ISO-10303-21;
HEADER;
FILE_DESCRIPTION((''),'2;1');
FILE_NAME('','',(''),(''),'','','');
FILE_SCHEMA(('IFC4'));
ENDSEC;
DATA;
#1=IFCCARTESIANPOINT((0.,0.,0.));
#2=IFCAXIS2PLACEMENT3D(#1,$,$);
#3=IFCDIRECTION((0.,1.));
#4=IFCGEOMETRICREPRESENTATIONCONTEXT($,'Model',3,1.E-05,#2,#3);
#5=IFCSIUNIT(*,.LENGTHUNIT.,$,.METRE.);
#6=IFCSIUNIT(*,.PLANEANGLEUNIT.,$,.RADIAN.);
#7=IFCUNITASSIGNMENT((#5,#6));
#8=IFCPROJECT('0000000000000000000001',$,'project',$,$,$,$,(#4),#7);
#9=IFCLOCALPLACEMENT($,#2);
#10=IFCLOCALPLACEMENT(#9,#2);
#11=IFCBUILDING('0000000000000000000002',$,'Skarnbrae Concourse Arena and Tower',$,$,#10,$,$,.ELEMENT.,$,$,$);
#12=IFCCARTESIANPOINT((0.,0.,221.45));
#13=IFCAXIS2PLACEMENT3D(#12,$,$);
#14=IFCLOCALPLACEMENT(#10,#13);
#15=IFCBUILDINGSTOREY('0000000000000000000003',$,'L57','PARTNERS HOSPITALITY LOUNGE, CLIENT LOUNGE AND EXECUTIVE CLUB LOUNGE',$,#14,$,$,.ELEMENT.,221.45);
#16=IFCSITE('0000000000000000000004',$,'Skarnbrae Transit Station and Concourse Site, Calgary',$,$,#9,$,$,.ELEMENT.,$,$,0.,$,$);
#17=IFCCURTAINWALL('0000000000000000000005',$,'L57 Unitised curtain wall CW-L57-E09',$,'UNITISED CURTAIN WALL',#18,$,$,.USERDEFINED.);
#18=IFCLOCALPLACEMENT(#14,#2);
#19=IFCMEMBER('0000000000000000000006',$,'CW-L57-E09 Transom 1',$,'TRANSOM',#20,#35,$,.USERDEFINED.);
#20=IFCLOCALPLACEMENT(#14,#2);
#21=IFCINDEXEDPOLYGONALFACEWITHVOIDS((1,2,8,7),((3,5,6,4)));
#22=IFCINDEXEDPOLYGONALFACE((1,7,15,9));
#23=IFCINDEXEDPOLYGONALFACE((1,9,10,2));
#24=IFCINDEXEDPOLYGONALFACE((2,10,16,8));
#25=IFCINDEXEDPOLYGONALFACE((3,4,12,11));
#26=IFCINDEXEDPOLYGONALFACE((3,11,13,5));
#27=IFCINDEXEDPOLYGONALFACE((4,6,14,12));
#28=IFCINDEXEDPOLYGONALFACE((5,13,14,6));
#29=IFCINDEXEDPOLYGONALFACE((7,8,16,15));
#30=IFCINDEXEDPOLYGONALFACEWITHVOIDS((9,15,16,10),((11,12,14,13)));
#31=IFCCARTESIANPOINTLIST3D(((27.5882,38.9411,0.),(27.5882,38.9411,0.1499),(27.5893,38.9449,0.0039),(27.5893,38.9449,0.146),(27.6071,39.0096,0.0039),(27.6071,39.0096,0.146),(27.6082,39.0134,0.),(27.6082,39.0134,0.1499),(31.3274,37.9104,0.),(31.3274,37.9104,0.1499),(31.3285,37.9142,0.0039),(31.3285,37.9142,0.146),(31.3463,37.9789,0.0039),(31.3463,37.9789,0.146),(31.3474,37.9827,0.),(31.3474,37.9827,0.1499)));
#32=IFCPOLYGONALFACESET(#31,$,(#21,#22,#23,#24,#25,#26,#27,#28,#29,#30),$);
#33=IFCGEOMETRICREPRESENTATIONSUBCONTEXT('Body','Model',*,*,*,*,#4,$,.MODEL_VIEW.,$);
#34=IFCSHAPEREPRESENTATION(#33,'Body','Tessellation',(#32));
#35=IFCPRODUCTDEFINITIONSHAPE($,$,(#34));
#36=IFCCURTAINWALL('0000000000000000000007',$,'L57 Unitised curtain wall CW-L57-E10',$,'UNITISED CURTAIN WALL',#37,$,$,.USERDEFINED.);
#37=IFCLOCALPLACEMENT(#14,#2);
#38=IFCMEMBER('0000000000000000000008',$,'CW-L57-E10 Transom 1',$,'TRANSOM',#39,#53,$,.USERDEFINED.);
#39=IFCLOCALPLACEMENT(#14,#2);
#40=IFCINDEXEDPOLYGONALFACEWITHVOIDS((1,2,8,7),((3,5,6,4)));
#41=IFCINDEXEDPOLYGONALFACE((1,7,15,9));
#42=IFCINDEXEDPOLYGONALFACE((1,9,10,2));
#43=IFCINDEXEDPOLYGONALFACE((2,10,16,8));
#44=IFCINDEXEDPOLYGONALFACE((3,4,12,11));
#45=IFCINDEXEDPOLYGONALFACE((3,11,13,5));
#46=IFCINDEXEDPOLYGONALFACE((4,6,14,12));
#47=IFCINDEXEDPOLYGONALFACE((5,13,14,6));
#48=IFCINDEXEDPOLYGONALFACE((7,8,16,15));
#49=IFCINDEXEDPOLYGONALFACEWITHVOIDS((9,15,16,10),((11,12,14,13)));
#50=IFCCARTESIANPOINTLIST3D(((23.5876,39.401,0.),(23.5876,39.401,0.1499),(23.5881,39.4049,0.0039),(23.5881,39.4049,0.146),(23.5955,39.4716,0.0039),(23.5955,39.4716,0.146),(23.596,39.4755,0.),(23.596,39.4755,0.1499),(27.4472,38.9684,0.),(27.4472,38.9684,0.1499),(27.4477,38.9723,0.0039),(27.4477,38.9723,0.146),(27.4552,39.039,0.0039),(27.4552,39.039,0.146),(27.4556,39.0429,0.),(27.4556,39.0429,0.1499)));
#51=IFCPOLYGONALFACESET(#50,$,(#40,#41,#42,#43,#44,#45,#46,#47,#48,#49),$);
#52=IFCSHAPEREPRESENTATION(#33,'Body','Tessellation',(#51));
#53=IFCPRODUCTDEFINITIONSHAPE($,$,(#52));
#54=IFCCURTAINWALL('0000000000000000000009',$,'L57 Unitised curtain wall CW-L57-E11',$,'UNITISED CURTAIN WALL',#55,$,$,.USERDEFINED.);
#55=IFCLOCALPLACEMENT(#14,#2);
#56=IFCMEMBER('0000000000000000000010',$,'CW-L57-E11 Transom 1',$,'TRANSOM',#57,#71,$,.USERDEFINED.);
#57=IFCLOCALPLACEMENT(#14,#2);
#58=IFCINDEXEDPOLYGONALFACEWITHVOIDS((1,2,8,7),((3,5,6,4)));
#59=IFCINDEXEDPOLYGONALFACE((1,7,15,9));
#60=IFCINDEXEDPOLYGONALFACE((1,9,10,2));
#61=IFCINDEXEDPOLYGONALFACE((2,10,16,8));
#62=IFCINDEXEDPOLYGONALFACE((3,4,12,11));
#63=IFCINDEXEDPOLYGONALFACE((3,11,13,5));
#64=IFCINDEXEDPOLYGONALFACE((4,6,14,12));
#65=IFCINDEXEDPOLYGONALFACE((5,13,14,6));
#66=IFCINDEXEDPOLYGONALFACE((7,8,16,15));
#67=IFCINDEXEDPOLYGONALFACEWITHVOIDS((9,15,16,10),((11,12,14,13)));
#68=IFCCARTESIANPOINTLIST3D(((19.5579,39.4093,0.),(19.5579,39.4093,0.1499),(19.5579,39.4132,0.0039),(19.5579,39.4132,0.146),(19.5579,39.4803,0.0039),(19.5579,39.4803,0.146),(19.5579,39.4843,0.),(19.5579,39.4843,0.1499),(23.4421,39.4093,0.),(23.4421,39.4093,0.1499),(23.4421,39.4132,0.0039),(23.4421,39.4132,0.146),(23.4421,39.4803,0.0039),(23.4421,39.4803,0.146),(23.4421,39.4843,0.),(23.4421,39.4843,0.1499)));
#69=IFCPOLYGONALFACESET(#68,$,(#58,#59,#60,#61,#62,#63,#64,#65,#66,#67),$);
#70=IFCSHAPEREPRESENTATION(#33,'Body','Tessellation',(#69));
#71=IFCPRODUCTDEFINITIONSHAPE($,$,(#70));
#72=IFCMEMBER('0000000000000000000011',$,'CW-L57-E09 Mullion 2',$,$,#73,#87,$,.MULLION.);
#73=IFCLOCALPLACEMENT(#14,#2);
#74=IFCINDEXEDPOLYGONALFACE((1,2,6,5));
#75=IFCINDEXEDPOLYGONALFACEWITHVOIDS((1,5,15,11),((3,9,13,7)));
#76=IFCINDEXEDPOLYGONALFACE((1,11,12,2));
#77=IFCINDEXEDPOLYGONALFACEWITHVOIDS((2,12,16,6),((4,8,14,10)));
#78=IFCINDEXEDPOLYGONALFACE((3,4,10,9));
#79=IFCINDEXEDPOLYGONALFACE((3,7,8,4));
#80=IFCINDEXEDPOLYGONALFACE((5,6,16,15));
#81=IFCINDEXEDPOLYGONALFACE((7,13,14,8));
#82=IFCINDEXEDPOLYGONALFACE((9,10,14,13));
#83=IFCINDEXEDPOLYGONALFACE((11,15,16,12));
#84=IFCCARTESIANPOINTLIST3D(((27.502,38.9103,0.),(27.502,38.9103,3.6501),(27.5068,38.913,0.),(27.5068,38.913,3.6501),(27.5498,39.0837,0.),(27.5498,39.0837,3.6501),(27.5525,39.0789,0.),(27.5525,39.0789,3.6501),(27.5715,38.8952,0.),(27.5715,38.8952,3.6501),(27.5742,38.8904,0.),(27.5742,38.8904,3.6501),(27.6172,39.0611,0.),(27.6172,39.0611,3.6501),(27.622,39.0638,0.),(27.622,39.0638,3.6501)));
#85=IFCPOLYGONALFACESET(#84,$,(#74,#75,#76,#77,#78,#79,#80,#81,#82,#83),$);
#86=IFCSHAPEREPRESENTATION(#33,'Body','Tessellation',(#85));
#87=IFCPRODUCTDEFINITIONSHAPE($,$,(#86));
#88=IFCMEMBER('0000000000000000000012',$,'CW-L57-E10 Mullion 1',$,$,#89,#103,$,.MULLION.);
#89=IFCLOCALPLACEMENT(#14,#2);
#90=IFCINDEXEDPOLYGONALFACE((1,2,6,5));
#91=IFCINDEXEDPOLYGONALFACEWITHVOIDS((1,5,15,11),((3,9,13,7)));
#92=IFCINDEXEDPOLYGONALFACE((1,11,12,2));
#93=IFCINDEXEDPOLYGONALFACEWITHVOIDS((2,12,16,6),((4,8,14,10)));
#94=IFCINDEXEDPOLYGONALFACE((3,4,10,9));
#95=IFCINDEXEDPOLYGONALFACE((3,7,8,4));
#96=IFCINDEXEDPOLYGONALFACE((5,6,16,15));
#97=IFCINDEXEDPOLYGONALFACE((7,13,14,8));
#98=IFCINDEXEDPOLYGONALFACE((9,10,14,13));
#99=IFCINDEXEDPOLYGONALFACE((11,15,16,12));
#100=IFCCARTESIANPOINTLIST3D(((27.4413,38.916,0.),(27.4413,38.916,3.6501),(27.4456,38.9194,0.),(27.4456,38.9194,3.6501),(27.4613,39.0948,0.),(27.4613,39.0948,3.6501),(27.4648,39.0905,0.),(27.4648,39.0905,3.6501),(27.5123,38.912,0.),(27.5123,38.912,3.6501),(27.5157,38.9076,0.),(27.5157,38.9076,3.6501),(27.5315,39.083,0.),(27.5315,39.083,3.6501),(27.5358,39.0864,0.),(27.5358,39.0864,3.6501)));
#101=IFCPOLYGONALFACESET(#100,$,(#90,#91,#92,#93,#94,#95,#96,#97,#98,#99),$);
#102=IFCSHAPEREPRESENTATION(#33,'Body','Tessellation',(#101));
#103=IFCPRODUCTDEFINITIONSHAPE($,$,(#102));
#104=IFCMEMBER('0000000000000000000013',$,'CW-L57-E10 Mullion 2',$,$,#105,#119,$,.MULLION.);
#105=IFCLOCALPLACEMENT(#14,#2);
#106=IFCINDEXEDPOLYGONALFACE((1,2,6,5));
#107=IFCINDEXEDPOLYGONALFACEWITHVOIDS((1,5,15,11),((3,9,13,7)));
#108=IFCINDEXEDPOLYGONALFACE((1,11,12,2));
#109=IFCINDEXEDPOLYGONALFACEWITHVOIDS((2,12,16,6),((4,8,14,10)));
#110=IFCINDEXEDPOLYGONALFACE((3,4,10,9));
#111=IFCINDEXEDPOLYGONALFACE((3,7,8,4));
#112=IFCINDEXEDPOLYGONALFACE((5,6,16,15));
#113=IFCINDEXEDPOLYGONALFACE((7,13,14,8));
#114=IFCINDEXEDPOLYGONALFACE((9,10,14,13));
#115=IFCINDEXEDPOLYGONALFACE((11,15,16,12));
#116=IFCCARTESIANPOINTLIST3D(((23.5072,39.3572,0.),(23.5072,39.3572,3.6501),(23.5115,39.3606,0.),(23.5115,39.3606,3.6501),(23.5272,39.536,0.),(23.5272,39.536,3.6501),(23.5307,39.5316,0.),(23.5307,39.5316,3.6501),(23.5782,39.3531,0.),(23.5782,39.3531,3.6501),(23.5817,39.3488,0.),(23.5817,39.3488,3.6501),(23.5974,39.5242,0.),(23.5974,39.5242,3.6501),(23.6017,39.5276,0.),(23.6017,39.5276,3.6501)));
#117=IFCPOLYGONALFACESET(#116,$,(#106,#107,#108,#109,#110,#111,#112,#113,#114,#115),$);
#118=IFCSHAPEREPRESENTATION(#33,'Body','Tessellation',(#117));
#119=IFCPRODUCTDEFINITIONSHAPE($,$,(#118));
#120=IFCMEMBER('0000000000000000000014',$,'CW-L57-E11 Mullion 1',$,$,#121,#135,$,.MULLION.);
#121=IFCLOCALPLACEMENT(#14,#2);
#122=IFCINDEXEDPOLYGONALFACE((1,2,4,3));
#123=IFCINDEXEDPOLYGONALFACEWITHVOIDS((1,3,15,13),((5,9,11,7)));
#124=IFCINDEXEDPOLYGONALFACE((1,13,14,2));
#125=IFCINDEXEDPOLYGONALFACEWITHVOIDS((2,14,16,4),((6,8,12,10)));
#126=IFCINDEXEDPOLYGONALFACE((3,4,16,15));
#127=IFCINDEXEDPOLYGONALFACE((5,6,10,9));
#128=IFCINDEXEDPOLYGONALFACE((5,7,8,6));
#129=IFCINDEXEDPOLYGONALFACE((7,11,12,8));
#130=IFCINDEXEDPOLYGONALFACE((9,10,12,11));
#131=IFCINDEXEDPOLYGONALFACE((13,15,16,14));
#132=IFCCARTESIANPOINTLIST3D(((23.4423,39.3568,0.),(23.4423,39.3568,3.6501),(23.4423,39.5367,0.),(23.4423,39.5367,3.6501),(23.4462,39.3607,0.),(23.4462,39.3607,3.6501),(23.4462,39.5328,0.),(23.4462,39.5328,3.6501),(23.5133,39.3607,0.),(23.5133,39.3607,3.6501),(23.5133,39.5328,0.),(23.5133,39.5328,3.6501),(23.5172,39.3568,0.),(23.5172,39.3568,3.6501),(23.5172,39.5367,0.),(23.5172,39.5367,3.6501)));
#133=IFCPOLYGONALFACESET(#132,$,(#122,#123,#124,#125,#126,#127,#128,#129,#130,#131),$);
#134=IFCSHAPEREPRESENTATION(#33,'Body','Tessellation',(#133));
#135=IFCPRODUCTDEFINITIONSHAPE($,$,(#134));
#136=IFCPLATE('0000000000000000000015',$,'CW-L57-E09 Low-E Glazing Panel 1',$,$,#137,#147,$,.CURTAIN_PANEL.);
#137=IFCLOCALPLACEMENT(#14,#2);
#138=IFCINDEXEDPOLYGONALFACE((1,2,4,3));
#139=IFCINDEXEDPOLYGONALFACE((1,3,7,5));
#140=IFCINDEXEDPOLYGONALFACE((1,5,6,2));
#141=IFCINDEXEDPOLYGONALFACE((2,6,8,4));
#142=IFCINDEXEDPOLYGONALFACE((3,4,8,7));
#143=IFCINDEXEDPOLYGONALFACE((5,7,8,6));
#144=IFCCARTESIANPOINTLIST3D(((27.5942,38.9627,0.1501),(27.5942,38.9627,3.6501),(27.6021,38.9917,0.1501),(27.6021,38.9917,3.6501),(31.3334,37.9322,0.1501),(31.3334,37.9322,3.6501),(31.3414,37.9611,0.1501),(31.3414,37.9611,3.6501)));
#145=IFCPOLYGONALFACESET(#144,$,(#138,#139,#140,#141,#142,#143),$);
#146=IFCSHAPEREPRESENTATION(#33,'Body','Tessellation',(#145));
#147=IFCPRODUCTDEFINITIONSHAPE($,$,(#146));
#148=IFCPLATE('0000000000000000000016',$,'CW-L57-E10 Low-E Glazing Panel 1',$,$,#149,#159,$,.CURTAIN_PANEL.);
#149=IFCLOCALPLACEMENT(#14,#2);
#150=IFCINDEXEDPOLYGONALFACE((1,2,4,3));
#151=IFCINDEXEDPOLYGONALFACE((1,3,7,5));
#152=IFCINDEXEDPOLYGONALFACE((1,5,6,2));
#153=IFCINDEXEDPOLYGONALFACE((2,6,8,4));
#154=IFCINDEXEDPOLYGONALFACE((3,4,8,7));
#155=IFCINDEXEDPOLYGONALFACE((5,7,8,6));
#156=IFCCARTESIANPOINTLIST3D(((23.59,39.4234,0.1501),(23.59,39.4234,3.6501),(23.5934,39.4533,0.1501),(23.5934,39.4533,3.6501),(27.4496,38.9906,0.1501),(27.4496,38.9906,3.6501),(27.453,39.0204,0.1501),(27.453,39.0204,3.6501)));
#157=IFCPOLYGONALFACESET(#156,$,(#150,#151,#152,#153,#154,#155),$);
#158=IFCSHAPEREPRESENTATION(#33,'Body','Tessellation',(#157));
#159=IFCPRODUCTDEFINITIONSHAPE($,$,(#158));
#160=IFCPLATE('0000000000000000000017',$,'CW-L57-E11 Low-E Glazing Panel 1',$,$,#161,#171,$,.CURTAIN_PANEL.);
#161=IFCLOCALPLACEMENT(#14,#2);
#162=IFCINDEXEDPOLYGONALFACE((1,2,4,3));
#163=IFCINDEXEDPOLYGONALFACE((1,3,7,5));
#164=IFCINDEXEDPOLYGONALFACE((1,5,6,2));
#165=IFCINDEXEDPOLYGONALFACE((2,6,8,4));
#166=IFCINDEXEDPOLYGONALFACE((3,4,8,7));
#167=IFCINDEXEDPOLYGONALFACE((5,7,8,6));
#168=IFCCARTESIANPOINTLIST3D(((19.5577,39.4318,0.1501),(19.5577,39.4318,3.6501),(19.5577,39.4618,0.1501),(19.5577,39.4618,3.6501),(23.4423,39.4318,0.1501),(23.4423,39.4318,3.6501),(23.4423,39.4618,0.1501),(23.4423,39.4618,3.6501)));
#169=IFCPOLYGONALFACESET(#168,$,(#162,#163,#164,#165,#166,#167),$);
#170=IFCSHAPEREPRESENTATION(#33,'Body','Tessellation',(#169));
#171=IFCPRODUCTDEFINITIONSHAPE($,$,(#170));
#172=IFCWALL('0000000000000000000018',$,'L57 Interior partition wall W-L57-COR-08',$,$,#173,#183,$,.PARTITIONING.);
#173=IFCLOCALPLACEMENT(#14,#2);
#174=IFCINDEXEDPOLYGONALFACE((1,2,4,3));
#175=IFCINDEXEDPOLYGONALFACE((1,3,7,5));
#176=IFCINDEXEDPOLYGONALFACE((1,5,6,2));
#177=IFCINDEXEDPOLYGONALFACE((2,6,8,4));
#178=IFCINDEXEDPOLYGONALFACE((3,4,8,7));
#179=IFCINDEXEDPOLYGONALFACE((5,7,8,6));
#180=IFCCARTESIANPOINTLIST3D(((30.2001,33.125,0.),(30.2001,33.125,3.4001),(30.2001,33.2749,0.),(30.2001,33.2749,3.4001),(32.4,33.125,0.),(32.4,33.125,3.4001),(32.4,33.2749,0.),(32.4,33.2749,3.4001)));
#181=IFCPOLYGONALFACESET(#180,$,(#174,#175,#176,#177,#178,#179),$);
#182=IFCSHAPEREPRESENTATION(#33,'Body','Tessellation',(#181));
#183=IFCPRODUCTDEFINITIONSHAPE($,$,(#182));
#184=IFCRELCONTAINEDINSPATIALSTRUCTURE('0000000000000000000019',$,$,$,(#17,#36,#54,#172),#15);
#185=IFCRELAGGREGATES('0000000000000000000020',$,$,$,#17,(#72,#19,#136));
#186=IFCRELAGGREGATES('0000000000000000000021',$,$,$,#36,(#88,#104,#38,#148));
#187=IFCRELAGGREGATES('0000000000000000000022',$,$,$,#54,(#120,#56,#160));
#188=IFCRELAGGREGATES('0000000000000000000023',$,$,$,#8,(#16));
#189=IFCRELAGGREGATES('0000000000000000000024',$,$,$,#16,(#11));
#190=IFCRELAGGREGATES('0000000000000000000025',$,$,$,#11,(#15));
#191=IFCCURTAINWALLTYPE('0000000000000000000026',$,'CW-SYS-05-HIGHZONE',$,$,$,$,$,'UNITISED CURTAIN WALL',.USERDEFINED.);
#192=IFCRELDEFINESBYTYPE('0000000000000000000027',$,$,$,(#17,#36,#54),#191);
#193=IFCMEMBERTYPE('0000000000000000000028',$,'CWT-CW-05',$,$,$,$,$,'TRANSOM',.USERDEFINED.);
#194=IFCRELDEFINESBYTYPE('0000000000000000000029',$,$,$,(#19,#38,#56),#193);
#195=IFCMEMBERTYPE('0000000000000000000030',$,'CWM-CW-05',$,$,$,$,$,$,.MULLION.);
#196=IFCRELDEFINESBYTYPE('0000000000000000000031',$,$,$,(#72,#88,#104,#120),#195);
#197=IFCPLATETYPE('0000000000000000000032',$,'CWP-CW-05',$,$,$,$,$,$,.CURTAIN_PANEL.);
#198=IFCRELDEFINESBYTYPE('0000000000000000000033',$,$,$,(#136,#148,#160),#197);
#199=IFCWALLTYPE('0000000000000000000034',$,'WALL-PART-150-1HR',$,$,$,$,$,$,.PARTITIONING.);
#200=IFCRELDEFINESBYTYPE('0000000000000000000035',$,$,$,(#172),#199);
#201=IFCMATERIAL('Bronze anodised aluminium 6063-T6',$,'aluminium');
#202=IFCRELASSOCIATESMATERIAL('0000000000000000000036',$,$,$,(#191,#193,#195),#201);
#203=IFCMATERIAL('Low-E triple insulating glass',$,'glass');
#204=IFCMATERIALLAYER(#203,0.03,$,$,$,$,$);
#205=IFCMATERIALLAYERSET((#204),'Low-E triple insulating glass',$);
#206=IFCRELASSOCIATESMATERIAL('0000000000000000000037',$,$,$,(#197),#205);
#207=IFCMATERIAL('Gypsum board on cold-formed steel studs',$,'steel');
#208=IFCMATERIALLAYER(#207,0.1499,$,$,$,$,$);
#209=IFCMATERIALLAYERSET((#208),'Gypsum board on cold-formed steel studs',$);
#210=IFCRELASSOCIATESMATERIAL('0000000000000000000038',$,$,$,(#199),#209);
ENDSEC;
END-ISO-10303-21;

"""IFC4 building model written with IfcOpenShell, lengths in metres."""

from ifc_helpers import new_model, si_unit, direction, frame, frame_2d, origin, origin_2d, place, context, subcontext, project, spatial, rectangle, hollow_rectangle, extrude, source, transform, mapped, material, layer, layer_set, material_profile, profile_set, type_object, element, aggregate, save


model = new_model("IFC4")

# Units and contexts
model_context = context("Model", 3, precision=1e-05, world=origin(), true_north=direction((0.0, 1.0)))
body_context = subcontext(model_context, "Body", "Model", "MODEL_VIEW")
ifc_project = project(units=[si_unit("LENGTHUNIT", "METRE"), si_unit("PLANEANGLEUNIT", "RADIAN")], contexts=[model_context])

# Site, building, storey
site_placement = place(None, origin())
site = spatial("IfcSite", under=ifc_project, at=site_placement, Name="Skarnbrae Transit Station and Concourse Site, Calgary", CompositionType="ELEMENT", RefElevation=0.0)
building_placement = place(site_placement, origin())
building = spatial("IfcBuilding", under=site, at=building_placement, Name="Skarnbrae Concourse Arena and Tower", CompositionType="ELEMENT")
storey_placement = place(building_placement, frame((0.0, 0.0, 221.45)))
storey = spatial("IfcBuildingStorey", under=building, at=storey_placement, Name="L57", Description="PARTNERS HOSPITALITY LOUNGE, CLIENT LOUNGE AND EXECUTIVE CLUB LOUNGE", CompositionType="ELEMENT", Elevation=221.45)

# Curtain walls, members
ifc_material_1 = material(Name="Bronze anodised aluminium 6063-T6", Category="aluminium")
curtain_wall_type = type_object("IfcCurtainWallType", Name="CW-SYS-05-HIGHZONE", ElementType="UNITISED CURTAIN WALL", PredefinedType="USERDEFINED", material=ifc_material_1)
curtain_wall_1_placement = place(storey_placement, origin())
curtain_wall_1 = element("IfcCurtainWall", 1, at=curtain_wall_1_placement, inside=storey, type_object=curtain_wall_type, Name="L57 Unitised curtain wall CW-L57-E09", ObjectType="UNITISED CURTAIN WALL", PredefinedType="USERDEFINED")
ifc_material_profile_1 = material_profile(ifc_material_1, hollow_rectangle(XDim=0.075, YDim=0.1499, WallThickness=0.0039, at=origin_2d()), Name="ALU-TRAN-75X150")
ifc_profile_set_1 = profile_set([ifc_material_profile_1], Name="Bronze anodised aluminium 6063-T6")
member_type_1 = type_object("IfcMemberType", Name="CWT-CW-05", ElementType="TRANSOM", PredefinedType="USERDEFINED", material=ifc_profile_set_1)
shared_shape_1 = source(origin(), body_context, "Body", "SweptSolid", [
    extrude(hollow_rectangle(XDim=0.075, YDim=0.1499, WallThickness=0.0039, at=origin_2d()), origin(), (0.0, 0.0, 1.0), 3.8787),
])
member_1_placement = place(storey_placement, frame((31.3374, 37.9465, 0.075), z_axis=(-0.964043, 0.265747, 0.0), x_axis=(-0.265747, -0.964043, 0.0)))
member_1 = element("IfcMember", 2, at=member_1_placement, type_object=member_type_1, Name="CW-L57-E09 Transom 1", ObjectType="TRANSOM", PredefinedType="USERDEFINED", context=body_context, shape_type="MappedRepresentation", body=[
    mapped(shared_shape_1, transform((0.0, 0.0, 0.0))),
])
curtain_wall_2_placement = place(storey_placement, origin())
curtain_wall_2 = element("IfcCurtainWall", 3, at=curtain_wall_2_placement, inside=storey, type_object=curtain_wall_type, Name="L57 Unitised curtain wall CW-L57-E10", ObjectType="UNITISED CURTAIN WALL", PredefinedType="USERDEFINED")
shared_shape_2 = source(origin(), body_context, "Body", "SweptSolid", [
    extrude(hollow_rectangle(XDim=0.075, YDim=0.1499, WallThickness=0.0039, at=origin_2d()), origin(), (0.0, 0.0, 1.0), 3.8838),
])
member_2_placement = place(storey_placement, frame((27.4514, 39.0056, 0.075), z_axis=(-0.993777, 0.11139, 0.0), x_axis=(-0.11139, -0.993777, 0.0)))
member_2 = element("IfcMember", 4, at=member_2_placement, type_object=member_type_1, Name="CW-L57-E10 Transom 1", ObjectType="TRANSOM", PredefinedType="USERDEFINED", context=body_context, shape_type="MappedRepresentation", body=[
    mapped(shared_shape_2, transform((0.0, 0.0, 0.0))),
])
curtain_wall_3_placement = place(storey_placement, origin())
curtain_wall_3 = element("IfcCurtainWall", 5, at=curtain_wall_3_placement, inside=storey, type_object=curtain_wall_type, Name="L57 Unitised curtain wall CW-L57-E11", ObjectType="UNITISED CURTAIN WALL", PredefinedType="USERDEFINED")
shared_shape_3 = source(origin(), body_context, "Body", "SweptSolid", [
    extrude(hollow_rectangle(XDim=0.075, YDim=0.1499, WallThickness=0.0039, at=origin_2d()), origin(), (0.0, 0.0, 1.0), 3.8843),
])
member_3_placement = place(storey_placement, frame((23.4421, 39.4468, 0.075), z_axis=(-1.0, 0.0, 0.0), x_axis=(0.0, -1.0, 0.0)))
member_3 = element("IfcMember", 6, at=member_3_placement, type_object=member_type_1, Name="CW-L57-E11 Transom 1", ObjectType="TRANSOM", PredefinedType="USERDEFINED", context=body_context, shape_type="MappedRepresentation", body=[
    mapped(shared_shape_3, transform((0.0, 0.0, 0.0))),
])

# Members
ifc_material_profile_2 = material_profile(ifc_material_1, hollow_rectangle(XDim=0.075, YDim=0.1799, WallThickness=0.0039, at=origin_2d()), Name="ALU-MULL-75X180")
ifc_profile_set_2 = profile_set([ifc_material_profile_2], Name="Bronze anodised aluminium 6063-T6")
member_type_2 = type_object("IfcMemberType", Name="CWM-CW-05", PredefinedType="MULLION", material=ifc_profile_set_2)
shared_shape_4 = source(origin(), body_context, "Body", "SweptSolid", [
    extrude(hollow_rectangle(XDim=0.075, YDim=0.1799, WallThickness=0.0039, at=origin_2d()), origin(), (0.0, 0.0, 1.0), 3.6501),
])
member_4_placement = place(storey_placement, frame((27.562, 38.9871, 0.0), z_axis=(0.0, 0.0, 1.0), x_axis=(-0.964057, 0.265694, 0.0)))
member_4 = element("IfcMember", 7, at=member_4_placement, type_object=member_type_2, Name="CW-L57-E09 Mullion 2", PredefinedType="MULLION", context=body_context, shape_type="MappedRepresentation", body=[
    mapped(shared_shape_4, transform((0.0, 0.0, 0.0))),
])
member_5_placement = place(storey_placement, frame((27.4885, 39.0012, 0.0), z_axis=(0.0, 0.0, 1.0), x_axis=(-0.993769, 0.11146, 0.0)))
member_5 = element("IfcMember", 8, at=member_5_placement, type_object=member_type_2, Name="CW-L57-E10 Mullion 1", PredefinedType="MULLION", context=body_context, shape_type="MappedRepresentation", body=[
    mapped(shared_shape_4, transform((0.0, 0.0, 0.0))),
])
member_6_placement = place(storey_placement, frame((23.5544, 39.4424, 0.0), z_axis=(0.0, 0.0, 1.0), x_axis=(-0.993769, 0.11146, 0.0)))
member_6 = element("IfcMember", 9, at=member_6_placement, type_object=member_type_2, Name="CW-L57-E10 Mullion 2", PredefinedType="MULLION", context=body_context, shape_type="MappedRepresentation", body=[
    mapped(shared_shape_4, transform((0.0, 0.0, 0.0))),
])
member_7_placement = place(storey_placement, frame((23.4797, 39.4468, 0.0), z_axis=(0.0, 0.0, 1.0), x_axis=(-1.0, 0.0, 0.0)))
member_7 = element("IfcMember", 10, at=member_7_placement, type_object=member_type_2, Name="CW-L57-E11 Mullion 1", PredefinedType="MULLION", context=body_context, shape_type="MappedRepresentation", body=[
    mapped(shared_shape_4, transform((0.0, 0.0, 0.0))),
])

# Plates
ifc_material_2 = material(Name="Low-E triple insulating glass", Category="glass")
ifc_layer_1 = layer(ifc_material_2, 0.03)
ifc_layer_set_1 = layer_set([ifc_layer_1], Name="Low-E triple insulating glass")
plate_type = type_object("IfcPlateType", Name="CWP-CW-05", PredefinedType="CURTAIN_PANEL", material=ifc_layer_set_1)
shared_shape_5 = source(origin(), body_context, "Body", "SweptSolid", [
    extrude(rectangle(XDim=3.8787, YDim=0.03, at=origin_2d()), origin(), (0.0, 0.0, 1.0), 3.5),
])
plate_1_placement = place(storey_placement, frame((29.4678, 38.4619, 0.1501), z_axis=(0.0, 0.0, 1.0), x_axis=(-0.964057, 0.265694, 0.0)))
plate_1 = element("IfcPlate", 11, at=plate_1_placement, type_object=plate_type, Name="CW-L57-E09 Low-E Glazing Panel 1", PredefinedType="CURTAIN_PANEL", context=body_context, shape_type="MappedRepresentation", body=[
    mapped(shared_shape_5, transform((0.0, 0.0, 0.0))),
])
aggregate(curtain_wall_1, [member_4, member_1, plate_1])
shared_shape_6 = source(origin(), body_context, "Body", "SweptSolid", [
    extrude(rectangle(XDim=3.8838, YDim=0.03, at=origin_2d()), origin(), (0.0, 0.0, 1.0), 3.5),
])
plate_2_placement = place(storey_placement, frame((25.5215, 39.2219, 0.1501), z_axis=(0.0, 0.0, 1.0), x_axis=(-0.993769, 0.11146, 0.0)))
plate_2 = element("IfcPlate", 12, at=plate_2_placement, type_object=plate_type, Name="CW-L57-E10 Low-E Glazing Panel 1", PredefinedType="CURTAIN_PANEL", context=body_context, shape_type="MappedRepresentation", body=[
    mapped(shared_shape_6, transform((0.0, 0.0, 0.0))),
])
aggregate(curtain_wall_2, [member_5, member_6, member_2, plate_2])
shared_shape_7 = source(origin(), body_context, "Body", "SweptSolid", [
    extrude(rectangle(XDim=3.8845, YDim=0.03, at=origin_2d()), origin(), (0.0, 0.0, 1.0), 3.5),
])
plate_3_placement = place(storey_placement, frame((21.5, 39.4468, 0.1501), z_axis=(0.0, 0.0, 1.0), x_axis=(-1.0, 0.0, 0.0)))
plate_3 = element("IfcPlate", 13, at=plate_3_placement, type_object=plate_type, Name="CW-L57-E11 Low-E Glazing Panel 1", PredefinedType="CURTAIN_PANEL", context=body_context, shape_type="MappedRepresentation", body=[
    mapped(shared_shape_7, transform((0.0, 0.0, 0.0))),
])
aggregate(curtain_wall_3, [member_7, member_3, plate_3])

# Wall
ifc_material_3 = material(Name="Gypsum board on cold-formed steel studs", Category="steel")
ifc_layer_2 = layer(ifc_material_3, 0.1499)
ifc_layer_set_2 = layer_set([ifc_layer_2], Name="Gypsum board on cold-formed steel studs")
wall_type = type_object("IfcWallType", Name="WALL-PART-150-1HR", PredefinedType="PARTITIONING", material=ifc_layer_set_2)
shared_shape_8 = source(origin(), body_context, "Body", "SweptSolid", [
    extrude(rectangle(XDim=2.2, YDim=0.1499, at=frame_2d((1.1001, 0.0))), origin(), (0.0, 0.0, 1.0), 3.4001),
])
wall_1_placement = place(storey_placement, frame((30.2, 33.2, 0.0), z_axis=(0.0, 0.0, 1.0), x_axis=(1.0, 0.0, 0.0)))
element("IfcWall", 14, at=wall_1_placement, inside=storey, type_object=wall_type, Name="L57 Interior partition wall W-L57-COR-08", PredefinedType="PARTITIONING", context=body_context, shape_type="MappedRepresentation", body=[
    mapped(shared_shape_8, transform((0.0, 0.0, 0.0))),
])

save(model, "model.ifc")
